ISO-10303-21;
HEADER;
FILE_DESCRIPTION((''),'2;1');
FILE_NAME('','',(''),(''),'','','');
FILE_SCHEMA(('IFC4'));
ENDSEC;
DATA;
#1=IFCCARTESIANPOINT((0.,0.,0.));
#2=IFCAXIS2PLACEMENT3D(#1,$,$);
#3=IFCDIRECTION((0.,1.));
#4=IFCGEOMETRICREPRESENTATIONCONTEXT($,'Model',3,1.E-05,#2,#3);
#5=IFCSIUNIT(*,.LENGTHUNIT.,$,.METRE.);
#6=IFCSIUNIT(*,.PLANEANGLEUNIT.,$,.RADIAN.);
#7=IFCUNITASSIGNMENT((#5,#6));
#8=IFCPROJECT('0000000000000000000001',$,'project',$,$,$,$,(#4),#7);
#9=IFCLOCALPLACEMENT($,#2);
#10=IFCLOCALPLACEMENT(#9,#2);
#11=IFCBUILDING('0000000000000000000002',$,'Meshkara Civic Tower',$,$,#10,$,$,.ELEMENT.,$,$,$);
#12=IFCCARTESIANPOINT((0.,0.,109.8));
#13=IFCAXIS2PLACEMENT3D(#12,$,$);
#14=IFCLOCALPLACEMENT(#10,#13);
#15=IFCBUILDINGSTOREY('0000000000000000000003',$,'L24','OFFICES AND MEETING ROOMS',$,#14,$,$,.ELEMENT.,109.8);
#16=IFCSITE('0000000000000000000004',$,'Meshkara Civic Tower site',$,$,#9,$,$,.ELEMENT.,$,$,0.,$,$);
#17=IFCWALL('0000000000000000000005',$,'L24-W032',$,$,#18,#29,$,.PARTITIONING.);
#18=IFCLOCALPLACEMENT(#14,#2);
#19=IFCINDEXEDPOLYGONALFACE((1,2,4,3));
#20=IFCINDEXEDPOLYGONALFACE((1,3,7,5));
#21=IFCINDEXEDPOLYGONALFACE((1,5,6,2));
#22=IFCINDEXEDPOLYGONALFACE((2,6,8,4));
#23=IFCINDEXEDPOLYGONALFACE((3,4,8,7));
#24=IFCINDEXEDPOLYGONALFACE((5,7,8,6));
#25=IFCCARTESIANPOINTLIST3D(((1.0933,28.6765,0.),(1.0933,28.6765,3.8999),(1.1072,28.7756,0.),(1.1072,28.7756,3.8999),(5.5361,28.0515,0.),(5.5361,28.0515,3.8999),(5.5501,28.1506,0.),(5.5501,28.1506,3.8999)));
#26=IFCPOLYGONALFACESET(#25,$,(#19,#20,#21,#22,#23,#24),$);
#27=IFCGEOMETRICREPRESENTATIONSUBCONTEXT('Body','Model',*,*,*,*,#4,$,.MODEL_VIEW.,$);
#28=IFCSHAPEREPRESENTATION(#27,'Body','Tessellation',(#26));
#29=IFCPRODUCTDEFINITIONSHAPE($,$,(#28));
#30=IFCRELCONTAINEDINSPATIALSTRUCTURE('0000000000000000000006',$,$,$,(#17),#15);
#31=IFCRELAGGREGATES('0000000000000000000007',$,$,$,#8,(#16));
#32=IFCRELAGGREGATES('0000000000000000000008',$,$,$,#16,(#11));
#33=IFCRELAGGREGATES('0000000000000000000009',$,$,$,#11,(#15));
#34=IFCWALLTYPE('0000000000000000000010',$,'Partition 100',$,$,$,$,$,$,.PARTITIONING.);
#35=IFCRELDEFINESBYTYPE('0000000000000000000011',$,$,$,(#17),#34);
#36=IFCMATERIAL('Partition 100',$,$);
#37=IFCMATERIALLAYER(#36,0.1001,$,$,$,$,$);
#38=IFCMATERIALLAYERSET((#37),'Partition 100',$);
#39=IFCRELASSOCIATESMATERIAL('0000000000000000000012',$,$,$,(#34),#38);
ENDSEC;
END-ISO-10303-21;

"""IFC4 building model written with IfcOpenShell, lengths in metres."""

from ifc_helpers import new_model, si_unit, direction, frame, frame_2d, origin, place, context, subcontext, project, spatial, rectangle, extrude, material, layer, layer_set, type_object, element, save


model = new_model("IFC4")

# Units and contexts
model_context = context("Model", 3, precision=1e-05, world=origin(), true_north=direction((0.0, 1.0)))
body_context = subcontext(model_context, "Body", "Model", "MODEL_VIEW")
ifc_project = project(units=[si_unit("LENGTHUNIT", "METRE"), si_unit("PLANEANGLEUNIT", "RADIAN")], contexts=[model_context])

# Site, building, storey
site_placement = place(None, origin())
site = spatial("IfcSite", under=ifc_project, at=site_placement, Name="Meshkara Civic Tower site", CompositionType="ELEMENT", RefElevation=0.0)
building_placement = place(site_placement, origin())
building = spatial("IfcBuilding", under=site, at=building_placement, Name="Meshkara Civic Tower", CompositionType="ELEMENT")
storey_placement = place(building_placement, frame((0.0, 0.0, 109.8)))
storey = spatial("IfcBuildingStorey", under=building, at=storey_placement, Name="L24", Description="OFFICES AND MEETING ROOMS", CompositionType="ELEMENT", Elevation=109.8)

# Wall
ifc_material_1 = material(Name="Partition 100")
ifc_layer_1 = layer(ifc_material_1, 0.1001)
ifc_layer_set_1 = layer_set([ifc_layer_1], Name="Partition 100")
wall_type_1 = type_object("IfcWallType", Name="Partition 100", PredefinedType="PARTITIONING", material=ifc_layer_set_1)
wall_1_placement = place(storey_placement, frame((5.543, 28.1011, 0.0), z_axis=(0.0, 0.0, 1.0), x_axis=(-0.99025, 0.139303, 0.0)))
element("IfcWall", 1, at=wall_1_placement, inside=storey, type_object=wall_type_1, Name="L24-W032", PredefinedType="PARTITIONING", context=body_context, shape_type="SweptSolid", body=[
    extrude(rectangle(XDim=4.4866, YDim=0.1001, at=frame_2d((2.2432, 0.0))), origin(), (0.0, 0.0, 1.0), 3.8999),
])

save(model, "model.ifc")
